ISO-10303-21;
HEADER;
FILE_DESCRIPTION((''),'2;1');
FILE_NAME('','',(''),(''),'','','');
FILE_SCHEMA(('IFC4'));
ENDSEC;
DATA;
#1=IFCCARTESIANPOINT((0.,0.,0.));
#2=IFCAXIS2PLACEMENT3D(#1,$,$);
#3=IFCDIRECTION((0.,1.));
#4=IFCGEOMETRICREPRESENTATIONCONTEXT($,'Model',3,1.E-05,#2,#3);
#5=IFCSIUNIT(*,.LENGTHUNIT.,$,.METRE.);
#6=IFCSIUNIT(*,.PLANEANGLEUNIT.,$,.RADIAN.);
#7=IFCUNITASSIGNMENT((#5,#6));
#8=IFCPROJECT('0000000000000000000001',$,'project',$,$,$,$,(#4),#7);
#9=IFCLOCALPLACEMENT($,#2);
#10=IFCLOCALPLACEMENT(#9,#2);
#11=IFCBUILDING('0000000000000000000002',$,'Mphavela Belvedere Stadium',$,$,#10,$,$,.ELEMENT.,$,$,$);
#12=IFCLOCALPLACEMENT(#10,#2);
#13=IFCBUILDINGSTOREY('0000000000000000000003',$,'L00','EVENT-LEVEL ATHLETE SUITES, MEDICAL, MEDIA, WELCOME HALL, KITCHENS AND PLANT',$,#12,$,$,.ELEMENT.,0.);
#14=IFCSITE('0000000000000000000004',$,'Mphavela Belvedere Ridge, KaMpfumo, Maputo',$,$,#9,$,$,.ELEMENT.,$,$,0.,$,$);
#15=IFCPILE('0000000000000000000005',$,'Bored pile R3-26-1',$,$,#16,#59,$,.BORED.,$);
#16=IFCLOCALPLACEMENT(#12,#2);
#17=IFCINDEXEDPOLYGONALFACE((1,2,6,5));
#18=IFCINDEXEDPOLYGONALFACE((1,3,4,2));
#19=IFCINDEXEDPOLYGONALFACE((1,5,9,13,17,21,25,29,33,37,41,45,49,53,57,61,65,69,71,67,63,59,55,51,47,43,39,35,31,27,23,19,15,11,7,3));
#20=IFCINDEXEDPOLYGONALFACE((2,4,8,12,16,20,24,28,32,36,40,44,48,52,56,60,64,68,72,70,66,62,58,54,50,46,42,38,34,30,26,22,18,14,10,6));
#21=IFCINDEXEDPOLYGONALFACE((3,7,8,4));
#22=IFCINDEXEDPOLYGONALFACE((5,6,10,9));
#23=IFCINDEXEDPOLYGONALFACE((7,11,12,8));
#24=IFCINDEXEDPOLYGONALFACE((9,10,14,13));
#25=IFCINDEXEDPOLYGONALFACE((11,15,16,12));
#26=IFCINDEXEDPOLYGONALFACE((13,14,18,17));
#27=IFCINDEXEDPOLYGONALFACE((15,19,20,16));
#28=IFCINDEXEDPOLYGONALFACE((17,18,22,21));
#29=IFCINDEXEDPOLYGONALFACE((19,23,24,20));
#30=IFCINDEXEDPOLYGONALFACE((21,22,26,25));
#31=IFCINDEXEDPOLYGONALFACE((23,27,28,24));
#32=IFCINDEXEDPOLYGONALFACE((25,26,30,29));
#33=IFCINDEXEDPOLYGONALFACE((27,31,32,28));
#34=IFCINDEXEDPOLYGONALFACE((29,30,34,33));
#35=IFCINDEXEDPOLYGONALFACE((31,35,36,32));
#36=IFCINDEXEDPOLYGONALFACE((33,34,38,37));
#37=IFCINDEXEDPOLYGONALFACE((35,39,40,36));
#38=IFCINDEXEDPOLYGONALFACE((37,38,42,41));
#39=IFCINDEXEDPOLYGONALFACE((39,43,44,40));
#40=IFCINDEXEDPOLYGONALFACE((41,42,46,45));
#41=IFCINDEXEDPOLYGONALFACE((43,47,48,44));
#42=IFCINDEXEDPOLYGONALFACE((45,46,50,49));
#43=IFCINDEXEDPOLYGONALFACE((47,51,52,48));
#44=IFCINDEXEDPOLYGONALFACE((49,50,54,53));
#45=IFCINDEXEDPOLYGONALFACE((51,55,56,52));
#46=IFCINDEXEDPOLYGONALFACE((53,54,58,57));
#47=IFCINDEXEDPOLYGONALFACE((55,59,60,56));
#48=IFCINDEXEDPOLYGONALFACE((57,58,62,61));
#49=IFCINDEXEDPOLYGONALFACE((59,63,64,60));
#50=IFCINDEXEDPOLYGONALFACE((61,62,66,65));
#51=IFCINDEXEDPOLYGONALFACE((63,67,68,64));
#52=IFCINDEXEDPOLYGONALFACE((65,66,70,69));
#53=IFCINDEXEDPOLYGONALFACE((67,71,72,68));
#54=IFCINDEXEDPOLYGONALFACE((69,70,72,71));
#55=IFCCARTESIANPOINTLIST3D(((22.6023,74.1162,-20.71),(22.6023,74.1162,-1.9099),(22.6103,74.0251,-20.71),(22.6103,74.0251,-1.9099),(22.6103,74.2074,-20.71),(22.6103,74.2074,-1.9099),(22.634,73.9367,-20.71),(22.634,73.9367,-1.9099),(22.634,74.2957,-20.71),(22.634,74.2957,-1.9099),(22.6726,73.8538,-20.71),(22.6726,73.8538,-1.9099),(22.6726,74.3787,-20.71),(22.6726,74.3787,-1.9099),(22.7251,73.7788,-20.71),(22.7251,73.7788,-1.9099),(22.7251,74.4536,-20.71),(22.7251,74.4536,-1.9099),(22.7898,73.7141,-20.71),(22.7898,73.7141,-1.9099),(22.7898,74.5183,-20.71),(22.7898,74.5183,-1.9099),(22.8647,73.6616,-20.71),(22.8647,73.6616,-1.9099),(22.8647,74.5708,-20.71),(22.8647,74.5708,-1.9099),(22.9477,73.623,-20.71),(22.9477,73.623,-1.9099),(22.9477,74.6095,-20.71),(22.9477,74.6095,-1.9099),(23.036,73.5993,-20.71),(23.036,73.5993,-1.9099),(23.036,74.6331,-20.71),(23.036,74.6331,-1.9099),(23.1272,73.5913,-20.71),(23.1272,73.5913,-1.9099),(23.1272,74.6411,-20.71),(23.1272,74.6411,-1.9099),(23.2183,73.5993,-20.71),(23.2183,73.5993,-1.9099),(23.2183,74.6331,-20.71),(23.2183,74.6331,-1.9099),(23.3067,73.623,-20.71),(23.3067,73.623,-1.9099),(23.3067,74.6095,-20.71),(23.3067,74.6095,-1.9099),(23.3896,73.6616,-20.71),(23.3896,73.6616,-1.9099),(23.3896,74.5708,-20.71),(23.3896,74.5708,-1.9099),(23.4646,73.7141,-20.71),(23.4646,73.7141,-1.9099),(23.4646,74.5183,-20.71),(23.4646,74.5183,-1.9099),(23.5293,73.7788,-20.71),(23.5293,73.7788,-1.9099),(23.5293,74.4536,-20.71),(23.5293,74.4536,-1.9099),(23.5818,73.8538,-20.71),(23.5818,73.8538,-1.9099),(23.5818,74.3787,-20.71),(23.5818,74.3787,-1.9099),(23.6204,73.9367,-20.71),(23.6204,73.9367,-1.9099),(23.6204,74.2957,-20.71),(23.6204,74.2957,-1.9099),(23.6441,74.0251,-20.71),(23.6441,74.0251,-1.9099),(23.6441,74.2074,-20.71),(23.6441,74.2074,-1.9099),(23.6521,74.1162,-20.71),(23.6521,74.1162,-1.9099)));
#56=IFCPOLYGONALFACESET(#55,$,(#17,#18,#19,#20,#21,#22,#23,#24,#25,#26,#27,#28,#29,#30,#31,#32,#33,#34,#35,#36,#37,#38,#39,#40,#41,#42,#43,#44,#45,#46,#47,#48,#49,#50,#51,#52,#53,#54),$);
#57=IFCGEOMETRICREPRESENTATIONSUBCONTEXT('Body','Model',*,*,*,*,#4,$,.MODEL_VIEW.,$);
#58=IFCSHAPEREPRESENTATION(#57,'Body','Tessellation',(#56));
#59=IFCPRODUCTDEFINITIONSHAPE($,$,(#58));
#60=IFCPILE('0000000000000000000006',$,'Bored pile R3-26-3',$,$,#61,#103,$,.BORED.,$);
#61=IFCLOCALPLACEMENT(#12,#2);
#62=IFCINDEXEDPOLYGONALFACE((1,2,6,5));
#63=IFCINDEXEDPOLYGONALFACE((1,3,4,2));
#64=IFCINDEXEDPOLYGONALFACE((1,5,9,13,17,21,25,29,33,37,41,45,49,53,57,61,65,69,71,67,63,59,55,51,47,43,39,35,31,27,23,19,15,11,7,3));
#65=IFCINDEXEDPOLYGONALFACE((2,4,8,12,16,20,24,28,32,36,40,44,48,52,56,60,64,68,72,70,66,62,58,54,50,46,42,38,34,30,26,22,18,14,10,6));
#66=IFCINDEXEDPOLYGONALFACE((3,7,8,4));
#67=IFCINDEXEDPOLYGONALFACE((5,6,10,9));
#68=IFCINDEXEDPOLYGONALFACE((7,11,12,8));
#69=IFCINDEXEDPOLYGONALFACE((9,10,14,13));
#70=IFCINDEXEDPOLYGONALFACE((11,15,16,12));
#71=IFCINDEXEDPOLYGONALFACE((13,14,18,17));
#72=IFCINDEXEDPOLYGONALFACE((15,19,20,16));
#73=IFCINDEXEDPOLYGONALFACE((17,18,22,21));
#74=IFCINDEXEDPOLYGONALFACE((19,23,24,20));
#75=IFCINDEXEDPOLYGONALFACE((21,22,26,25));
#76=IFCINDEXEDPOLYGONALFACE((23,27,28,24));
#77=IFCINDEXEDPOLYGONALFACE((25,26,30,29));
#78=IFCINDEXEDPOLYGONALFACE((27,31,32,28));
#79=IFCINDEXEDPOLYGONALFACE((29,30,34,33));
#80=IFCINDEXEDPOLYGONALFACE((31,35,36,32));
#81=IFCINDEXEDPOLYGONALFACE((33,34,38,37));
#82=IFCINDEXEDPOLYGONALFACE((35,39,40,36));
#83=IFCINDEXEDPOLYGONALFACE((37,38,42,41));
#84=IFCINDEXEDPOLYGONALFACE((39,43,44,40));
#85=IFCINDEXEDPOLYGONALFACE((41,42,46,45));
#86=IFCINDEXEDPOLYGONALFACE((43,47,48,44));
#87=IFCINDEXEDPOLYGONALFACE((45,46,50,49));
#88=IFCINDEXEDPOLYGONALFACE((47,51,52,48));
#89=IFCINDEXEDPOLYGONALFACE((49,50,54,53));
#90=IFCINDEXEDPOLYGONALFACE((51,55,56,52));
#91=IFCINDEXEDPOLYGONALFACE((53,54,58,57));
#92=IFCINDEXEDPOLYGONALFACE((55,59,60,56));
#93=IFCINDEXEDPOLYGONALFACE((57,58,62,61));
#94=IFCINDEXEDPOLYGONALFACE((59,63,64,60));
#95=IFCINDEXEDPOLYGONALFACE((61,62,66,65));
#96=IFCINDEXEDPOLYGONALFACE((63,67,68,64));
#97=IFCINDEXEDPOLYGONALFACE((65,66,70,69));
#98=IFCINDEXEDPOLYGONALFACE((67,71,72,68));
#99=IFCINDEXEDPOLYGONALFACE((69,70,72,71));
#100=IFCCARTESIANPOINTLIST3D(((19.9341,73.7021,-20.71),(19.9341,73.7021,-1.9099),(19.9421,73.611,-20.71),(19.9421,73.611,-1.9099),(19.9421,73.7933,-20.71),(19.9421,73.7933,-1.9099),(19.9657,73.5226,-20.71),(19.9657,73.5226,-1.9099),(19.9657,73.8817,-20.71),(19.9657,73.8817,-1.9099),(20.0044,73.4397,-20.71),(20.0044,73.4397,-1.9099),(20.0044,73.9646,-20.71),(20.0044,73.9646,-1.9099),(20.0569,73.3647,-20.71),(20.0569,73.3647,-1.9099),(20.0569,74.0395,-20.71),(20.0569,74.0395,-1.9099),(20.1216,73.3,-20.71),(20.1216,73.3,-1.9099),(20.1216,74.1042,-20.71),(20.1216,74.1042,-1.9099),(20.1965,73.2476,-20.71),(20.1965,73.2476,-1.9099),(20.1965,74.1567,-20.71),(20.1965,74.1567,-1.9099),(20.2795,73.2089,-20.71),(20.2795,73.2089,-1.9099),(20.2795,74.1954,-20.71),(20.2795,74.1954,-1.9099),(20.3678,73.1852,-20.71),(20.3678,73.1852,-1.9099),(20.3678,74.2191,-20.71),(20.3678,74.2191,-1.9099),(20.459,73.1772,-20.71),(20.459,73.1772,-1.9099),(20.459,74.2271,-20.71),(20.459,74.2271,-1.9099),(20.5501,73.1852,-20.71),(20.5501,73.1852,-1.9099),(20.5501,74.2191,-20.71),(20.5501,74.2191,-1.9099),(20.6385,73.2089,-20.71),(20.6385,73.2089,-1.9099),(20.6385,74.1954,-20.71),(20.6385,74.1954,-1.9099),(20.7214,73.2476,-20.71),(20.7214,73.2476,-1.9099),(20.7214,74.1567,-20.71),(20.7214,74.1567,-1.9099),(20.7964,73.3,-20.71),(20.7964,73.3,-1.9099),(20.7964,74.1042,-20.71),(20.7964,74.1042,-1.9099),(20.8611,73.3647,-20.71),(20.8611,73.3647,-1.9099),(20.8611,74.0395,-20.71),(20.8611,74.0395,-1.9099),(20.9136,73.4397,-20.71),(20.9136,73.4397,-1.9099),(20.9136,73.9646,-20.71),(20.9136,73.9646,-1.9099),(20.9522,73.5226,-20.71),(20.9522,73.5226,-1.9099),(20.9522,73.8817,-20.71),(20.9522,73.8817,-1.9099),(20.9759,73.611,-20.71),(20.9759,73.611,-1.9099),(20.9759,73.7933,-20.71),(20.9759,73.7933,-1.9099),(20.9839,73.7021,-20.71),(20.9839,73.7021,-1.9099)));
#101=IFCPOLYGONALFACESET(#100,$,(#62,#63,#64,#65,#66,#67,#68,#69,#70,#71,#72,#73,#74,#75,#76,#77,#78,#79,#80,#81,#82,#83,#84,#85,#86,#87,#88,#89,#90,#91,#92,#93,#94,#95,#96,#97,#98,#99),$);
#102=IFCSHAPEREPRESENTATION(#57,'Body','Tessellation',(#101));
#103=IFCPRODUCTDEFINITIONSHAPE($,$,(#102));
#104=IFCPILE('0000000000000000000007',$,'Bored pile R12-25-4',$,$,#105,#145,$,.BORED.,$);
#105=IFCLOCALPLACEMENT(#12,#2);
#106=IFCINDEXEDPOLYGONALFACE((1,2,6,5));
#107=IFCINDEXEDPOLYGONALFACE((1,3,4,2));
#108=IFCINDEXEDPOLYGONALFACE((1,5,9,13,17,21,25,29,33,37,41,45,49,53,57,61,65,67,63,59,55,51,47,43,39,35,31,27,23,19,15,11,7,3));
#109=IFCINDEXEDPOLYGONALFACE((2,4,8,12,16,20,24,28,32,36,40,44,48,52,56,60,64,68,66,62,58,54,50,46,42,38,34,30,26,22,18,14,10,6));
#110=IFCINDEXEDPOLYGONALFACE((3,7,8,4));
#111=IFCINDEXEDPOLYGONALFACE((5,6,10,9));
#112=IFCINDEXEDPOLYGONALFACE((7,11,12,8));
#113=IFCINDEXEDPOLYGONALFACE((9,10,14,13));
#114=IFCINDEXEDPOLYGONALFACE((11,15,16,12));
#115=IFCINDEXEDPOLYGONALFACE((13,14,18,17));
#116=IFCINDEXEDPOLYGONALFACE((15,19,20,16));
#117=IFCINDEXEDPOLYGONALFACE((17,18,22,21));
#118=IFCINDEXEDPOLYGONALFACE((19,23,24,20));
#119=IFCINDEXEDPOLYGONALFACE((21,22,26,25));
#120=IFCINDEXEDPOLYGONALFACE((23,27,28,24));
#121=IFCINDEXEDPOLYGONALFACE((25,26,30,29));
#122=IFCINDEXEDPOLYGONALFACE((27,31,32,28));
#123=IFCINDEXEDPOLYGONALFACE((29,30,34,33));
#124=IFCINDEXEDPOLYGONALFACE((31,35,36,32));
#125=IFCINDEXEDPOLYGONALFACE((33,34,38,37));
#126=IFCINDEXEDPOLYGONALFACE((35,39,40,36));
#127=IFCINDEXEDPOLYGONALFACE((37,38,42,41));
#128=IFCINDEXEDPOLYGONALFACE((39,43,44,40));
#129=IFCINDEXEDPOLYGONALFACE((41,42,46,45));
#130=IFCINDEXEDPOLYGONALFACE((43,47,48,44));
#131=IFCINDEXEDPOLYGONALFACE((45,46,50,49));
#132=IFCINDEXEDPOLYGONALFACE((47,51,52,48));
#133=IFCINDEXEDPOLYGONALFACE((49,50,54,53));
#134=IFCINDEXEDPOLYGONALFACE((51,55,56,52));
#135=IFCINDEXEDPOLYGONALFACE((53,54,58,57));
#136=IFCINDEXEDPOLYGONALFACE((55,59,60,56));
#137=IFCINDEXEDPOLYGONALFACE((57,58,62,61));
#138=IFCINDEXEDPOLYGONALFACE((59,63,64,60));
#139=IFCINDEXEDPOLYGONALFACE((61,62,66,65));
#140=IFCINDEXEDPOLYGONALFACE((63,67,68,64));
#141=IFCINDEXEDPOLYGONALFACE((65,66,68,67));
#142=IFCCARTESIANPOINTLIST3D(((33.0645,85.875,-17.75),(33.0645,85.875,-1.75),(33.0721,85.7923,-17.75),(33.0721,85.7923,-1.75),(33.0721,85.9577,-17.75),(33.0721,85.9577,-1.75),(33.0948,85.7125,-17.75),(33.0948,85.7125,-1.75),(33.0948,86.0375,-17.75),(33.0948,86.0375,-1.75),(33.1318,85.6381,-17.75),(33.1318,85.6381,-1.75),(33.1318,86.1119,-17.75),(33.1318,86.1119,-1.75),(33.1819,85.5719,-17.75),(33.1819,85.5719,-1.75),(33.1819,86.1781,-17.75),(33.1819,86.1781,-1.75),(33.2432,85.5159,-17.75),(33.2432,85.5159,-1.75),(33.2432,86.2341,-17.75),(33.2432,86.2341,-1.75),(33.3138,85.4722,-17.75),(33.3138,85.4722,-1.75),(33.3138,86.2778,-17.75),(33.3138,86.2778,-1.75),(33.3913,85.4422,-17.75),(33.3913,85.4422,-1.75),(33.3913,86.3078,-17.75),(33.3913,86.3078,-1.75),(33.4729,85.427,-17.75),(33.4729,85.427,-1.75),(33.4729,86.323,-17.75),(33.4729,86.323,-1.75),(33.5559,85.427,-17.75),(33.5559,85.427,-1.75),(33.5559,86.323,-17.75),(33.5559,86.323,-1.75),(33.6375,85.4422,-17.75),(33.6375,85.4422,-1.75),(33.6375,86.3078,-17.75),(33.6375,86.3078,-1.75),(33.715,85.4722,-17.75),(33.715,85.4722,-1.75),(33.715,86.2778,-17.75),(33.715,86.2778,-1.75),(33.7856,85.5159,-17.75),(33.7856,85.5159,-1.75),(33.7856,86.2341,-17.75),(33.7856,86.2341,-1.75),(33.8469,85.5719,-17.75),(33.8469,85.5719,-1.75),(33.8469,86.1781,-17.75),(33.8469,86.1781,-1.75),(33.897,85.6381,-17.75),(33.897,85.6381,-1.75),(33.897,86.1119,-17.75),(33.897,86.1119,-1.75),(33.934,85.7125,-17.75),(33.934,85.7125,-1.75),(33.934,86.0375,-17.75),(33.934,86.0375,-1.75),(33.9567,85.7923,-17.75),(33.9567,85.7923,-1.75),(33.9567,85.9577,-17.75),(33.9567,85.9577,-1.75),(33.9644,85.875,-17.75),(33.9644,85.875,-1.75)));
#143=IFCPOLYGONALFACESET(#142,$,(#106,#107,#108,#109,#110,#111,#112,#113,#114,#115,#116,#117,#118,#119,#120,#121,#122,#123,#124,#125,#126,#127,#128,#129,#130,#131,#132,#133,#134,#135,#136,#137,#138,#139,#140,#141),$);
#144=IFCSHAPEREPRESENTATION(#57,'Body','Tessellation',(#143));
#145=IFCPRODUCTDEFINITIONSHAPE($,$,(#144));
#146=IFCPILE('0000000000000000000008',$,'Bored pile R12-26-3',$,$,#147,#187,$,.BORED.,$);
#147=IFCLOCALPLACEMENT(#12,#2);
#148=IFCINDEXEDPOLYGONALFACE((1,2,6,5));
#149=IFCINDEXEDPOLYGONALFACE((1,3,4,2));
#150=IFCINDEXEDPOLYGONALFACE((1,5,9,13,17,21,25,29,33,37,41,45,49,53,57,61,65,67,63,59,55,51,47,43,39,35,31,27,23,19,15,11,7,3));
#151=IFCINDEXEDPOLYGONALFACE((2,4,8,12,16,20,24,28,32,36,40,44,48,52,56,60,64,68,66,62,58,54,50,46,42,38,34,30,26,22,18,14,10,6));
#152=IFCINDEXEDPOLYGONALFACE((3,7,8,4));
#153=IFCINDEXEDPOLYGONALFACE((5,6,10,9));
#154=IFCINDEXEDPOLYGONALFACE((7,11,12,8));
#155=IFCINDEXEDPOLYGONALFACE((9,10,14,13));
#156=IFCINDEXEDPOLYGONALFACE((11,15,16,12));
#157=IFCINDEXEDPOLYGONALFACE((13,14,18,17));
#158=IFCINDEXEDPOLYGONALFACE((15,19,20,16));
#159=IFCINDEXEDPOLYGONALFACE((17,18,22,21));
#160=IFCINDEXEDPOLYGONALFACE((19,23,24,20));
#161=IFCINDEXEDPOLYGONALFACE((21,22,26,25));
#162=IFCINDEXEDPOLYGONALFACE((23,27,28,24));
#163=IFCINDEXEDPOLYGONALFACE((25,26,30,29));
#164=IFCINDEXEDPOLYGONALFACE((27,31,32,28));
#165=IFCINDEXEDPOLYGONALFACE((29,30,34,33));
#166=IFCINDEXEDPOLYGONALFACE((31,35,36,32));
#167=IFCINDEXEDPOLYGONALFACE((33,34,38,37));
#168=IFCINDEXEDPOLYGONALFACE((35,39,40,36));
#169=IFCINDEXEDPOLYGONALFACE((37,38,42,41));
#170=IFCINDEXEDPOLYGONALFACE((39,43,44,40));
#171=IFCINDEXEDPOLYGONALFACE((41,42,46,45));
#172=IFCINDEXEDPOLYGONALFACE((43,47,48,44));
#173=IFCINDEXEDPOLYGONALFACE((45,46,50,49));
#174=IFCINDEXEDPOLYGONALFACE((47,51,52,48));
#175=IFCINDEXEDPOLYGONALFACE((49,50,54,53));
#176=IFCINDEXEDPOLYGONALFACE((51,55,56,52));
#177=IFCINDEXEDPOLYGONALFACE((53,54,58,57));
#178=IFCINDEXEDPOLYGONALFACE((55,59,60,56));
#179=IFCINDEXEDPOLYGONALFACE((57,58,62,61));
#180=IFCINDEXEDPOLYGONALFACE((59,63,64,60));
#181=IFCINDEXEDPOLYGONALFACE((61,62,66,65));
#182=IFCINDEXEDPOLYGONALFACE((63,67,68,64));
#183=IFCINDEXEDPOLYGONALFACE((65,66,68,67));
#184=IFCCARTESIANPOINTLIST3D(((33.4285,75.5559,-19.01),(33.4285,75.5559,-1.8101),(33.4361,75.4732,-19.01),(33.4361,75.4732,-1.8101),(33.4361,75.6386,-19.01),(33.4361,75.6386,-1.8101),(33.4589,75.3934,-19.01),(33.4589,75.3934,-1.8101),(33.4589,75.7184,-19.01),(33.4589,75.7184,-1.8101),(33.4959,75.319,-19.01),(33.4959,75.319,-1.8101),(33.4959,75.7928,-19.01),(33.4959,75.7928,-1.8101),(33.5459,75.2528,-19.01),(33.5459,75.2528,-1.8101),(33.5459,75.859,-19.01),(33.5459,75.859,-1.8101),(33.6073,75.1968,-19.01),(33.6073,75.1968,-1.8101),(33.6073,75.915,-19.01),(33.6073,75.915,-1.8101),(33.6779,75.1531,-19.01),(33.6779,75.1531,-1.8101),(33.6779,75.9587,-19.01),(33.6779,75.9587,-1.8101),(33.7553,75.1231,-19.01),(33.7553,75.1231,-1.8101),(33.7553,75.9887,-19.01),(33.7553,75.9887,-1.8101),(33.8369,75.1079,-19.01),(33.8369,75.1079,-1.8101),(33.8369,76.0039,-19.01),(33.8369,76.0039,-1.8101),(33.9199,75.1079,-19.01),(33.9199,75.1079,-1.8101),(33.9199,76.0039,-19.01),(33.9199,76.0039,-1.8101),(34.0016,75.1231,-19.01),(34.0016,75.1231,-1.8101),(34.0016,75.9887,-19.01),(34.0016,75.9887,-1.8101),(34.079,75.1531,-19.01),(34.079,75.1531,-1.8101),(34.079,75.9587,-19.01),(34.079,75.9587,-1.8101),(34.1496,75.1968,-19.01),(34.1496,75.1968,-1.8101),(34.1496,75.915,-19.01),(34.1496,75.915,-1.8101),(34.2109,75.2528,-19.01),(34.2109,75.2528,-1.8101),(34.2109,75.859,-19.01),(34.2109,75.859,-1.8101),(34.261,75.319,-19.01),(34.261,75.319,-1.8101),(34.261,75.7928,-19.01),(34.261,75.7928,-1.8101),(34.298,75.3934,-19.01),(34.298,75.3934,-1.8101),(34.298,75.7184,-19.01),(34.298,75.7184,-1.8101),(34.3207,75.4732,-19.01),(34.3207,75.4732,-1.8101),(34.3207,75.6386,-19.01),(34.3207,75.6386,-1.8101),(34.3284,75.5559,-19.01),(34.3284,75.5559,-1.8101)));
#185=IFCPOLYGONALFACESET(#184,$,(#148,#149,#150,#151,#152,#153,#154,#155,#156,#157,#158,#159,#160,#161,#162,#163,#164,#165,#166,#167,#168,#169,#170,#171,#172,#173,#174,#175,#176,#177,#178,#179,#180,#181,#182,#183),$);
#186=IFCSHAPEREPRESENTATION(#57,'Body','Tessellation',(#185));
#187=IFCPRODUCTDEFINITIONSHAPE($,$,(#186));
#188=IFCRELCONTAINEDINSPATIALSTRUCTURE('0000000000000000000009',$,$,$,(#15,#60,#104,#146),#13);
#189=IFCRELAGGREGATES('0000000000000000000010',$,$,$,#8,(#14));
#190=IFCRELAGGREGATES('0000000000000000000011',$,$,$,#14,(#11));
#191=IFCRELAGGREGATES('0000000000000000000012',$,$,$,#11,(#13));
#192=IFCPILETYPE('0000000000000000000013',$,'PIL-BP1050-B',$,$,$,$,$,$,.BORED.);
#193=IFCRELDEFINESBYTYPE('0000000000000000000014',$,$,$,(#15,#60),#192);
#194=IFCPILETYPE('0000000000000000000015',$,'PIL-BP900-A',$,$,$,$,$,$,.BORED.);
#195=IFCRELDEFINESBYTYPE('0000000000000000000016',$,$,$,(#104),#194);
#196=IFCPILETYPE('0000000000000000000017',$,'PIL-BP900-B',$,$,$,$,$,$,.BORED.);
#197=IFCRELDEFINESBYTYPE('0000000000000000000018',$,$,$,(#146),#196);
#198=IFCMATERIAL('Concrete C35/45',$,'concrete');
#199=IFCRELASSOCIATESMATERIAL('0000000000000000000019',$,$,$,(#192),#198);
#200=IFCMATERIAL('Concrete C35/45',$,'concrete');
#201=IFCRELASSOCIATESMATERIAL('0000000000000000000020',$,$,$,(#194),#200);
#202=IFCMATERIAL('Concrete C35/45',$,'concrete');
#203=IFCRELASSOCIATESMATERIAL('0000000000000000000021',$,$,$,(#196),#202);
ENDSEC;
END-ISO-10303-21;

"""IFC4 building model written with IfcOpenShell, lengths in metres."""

from ifc_helpers import new_model, si_unit, direction, frame, origin, origin_2d, place, context, subcontext, project, spatial, circle, extrude, material, material_profile, profile_set, type_object, element, save


model = new_model("IFC4")

# Units and contexts
model_context = context("Model", 3, precision=1e-05, world=origin(), true_north=direction((0.0, 1.0)))
body_context = subcontext(model_context, "Body", "Model", "MODEL_VIEW")
ifc_project = project(units=[si_unit("LENGTHUNIT", "METRE"), si_unit("PLANEANGLEUNIT", "RADIAN")], contexts=[model_context])

# Site, building, storey
site_placement = place(None, origin())
site = spatial("IfcSite", under=ifc_project, at=site_placement, Name="Mphavela Belvedere Ridge, KaMpfumo, Maputo", CompositionType="ELEMENT", RefElevation=0.0)
building_placement = place(site_placement, origin())
building = spatial("IfcBuilding", under=site, at=building_placement, Name="Mphavela Belvedere Stadium", CompositionType="ELEMENT")
storey_placement = place(building_placement, origin())
storey = spatial("IfcBuildingStorey", under=building, at=storey_placement, Name="L00", Description="EVENT-LEVEL ATHLETE SUITES, MEDICAL, MEDIA, WELCOME HALL, KITCHENS AND PLANT", CompositionType="ELEMENT", Elevation=0.0)

# Piles
ifc_material_1 = material(Name="Concrete C35/45", Category="concrete")
ifc_material_profile_1 = material_profile(ifc_material_1, circle(Radius=0.5249, at=origin_2d()), Name="BP D1050")
ifc_profile_set_1 = profile_set([ifc_material_profile_1], Name="Concrete C35/45")
pile_type_1 = type_object("IfcPileType", Name="PIL-BP1050-B", PredefinedType="BORED", material=ifc_profile_set_1)
for number, where, z_axis, x_axis, name in (
    (1, (23.1272, 74.1162, -1.9099), (0.0, 0.0, -1.0), (1.0, 0.0, 0.0), "Bored pile R3-26-1"),
    (2, (20.459, 73.7021, -1.9099), (0.0, 0.0, -1.0), (1.0, 0.0, 0.0), "Bored pile R3-26-3"),
):
    element("IfcPile", number, at=place(storey_placement, frame(where, z_axis=z_axis, x_axis=x_axis)), inside=storey, type_object=pile_type_1, Name=name, PredefinedType="BORED", context=body_context, shape_type="SweptSolid", body=[
        extrude(circle(Radius=0.5249, at=origin_2d()), origin(), (0.0, 0.0, 1.0), 18.8),
    ])
ifc_material_2 = material(Name="Concrete C35/45", Category="concrete")
ifc_material_profile_2 = material_profile(ifc_material_2, circle(Radius=0.45, at=origin_2d()), Name="BP D900")
ifc_profile_set_2 = profile_set([ifc_material_profile_2], Name="Concrete C35/45")
pile_type_2 = type_object("IfcPileType", Name="PIL-BP900-A", PredefinedType="BORED", material=ifc_profile_set_2)
pile_placement = place(storey_placement, frame((33.5144, 85.875, -1.75), z_axis=(0.0, 0.0, -1.0), x_axis=(1.0, 0.0, 0.0)))
element("IfcPile", 3, at=pile_placement, inside=storey, type_object=pile_type_2, Name="Bored pile R12-25-4", PredefinedType="BORED", context=body_context, shape_type="SweptSolid", body=[
    extrude(circle(Radius=0.45, at=origin_2d()), origin(), (0.0, 0.0, 1.0), 16.0),
])
ifc_material_3 = material(Name="Concrete C35/45", Category="concrete")
ifc_material_profile_3 = material_profile(ifc_material_3, circle(Radius=0.45, at=origin_2d()), Name="BP D900")
ifc_profile_set_3 = profile_set([ifc_material_profile_3], Name="Concrete C35/45")
pile_type_3 = type_object("IfcPileType", Name="PIL-BP900-B", PredefinedType="BORED", material=ifc_profile_set_3)
for number, where, z_axis, x_axis, name in (
    (4, (33.8784, 75.5559, -1.8101), (0.0, 0.0, -1.0), (1.0, 0.0, 0.0), "Bored pile R12-26-3"),
):
    element("IfcPile", number, at=place(storey_placement, frame(where, z_axis=z_axis, x_axis=x_axis)), inside=storey, type_object=pile_type_3, Name=name, PredefinedType="BORED", context=body_context, shape_type="SweptSolid", body=[
        extrude(circle(Radius=0.45, at=origin_2d()), origin(), (0.0, 0.0, 1.0), 17.2),
    ])

save(model, "model.ifc")
